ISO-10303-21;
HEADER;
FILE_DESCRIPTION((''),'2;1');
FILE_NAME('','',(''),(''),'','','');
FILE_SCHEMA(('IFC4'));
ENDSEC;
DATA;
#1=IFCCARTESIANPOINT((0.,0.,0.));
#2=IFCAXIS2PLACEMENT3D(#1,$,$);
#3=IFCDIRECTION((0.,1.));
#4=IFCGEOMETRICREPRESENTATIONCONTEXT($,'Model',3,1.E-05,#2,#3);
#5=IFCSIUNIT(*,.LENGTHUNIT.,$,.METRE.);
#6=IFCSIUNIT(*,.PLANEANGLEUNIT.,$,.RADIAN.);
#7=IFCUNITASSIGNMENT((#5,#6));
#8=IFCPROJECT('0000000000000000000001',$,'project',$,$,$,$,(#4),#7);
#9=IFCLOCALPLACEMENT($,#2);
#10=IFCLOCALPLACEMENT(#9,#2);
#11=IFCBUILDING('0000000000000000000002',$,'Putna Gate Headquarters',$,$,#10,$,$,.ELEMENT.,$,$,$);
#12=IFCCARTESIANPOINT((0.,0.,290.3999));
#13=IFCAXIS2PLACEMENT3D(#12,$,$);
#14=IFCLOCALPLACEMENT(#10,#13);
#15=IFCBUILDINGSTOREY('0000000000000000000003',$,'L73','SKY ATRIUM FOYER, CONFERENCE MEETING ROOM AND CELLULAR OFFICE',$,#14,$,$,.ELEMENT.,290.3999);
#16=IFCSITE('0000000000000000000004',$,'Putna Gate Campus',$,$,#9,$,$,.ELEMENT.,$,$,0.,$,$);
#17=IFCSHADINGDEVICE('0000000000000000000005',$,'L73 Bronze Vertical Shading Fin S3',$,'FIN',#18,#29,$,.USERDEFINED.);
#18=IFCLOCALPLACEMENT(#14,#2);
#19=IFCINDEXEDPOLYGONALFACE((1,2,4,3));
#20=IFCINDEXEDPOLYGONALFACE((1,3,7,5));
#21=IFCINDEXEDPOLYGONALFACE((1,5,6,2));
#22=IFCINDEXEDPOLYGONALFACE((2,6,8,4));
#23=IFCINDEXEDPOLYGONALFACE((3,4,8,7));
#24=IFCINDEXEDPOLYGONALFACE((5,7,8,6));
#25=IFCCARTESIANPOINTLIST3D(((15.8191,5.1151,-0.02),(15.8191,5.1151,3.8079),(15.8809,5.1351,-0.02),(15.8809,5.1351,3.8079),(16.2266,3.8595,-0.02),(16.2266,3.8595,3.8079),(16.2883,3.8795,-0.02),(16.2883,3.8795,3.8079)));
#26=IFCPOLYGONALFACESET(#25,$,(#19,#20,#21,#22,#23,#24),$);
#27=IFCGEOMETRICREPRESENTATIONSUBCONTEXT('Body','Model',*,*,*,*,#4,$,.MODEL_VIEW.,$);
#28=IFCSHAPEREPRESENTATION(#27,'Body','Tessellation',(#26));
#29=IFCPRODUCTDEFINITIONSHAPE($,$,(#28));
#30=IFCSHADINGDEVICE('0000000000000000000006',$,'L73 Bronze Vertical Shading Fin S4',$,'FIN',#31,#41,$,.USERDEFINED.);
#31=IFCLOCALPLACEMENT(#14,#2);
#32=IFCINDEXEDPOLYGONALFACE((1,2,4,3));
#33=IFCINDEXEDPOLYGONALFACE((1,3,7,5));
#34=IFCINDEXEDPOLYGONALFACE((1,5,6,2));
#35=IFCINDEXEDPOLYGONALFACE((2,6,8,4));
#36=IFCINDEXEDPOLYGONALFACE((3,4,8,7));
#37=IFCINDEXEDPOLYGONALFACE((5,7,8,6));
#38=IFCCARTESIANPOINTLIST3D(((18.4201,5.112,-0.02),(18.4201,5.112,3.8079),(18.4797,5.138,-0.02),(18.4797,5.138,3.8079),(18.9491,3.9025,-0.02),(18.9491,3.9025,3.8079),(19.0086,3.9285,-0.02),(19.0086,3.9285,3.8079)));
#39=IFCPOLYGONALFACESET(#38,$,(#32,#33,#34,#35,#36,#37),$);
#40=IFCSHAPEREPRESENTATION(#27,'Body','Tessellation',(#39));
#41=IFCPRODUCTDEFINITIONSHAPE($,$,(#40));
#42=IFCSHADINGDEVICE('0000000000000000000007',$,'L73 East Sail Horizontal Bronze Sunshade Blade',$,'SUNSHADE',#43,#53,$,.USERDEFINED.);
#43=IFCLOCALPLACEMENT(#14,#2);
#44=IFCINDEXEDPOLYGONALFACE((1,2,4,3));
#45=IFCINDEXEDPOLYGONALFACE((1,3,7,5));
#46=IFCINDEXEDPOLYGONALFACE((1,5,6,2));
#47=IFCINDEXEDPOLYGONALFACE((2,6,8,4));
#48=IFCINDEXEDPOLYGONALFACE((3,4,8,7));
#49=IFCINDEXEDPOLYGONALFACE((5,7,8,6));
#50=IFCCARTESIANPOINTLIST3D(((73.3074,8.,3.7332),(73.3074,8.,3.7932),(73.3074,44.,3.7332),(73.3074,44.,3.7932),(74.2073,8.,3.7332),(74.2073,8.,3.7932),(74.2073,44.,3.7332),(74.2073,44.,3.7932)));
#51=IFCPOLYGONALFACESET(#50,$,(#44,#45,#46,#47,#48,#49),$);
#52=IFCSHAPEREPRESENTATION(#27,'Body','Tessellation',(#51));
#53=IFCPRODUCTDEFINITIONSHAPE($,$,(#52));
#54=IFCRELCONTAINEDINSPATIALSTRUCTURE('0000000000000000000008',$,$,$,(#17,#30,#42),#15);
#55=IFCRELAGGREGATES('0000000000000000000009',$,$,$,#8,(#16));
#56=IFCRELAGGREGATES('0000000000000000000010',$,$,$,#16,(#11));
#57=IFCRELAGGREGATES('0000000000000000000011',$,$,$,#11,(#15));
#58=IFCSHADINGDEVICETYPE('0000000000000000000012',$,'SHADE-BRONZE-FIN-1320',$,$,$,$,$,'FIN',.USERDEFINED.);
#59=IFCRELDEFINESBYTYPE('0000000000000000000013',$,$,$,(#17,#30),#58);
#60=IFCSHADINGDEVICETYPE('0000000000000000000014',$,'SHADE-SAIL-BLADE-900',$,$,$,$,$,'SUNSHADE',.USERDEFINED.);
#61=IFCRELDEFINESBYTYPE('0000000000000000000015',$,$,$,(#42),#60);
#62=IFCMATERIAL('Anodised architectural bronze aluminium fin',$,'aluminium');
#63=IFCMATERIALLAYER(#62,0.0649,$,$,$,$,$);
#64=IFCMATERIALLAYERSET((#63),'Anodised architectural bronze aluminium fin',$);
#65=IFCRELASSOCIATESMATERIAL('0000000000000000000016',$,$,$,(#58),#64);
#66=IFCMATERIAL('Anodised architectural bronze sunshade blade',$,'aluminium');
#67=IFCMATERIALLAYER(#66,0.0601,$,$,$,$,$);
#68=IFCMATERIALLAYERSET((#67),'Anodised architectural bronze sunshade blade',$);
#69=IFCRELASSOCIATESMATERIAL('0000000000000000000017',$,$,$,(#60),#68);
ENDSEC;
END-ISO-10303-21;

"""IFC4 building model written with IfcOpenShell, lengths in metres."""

from ifc_helpers import new_model, si_unit, direction, frame, origin, origin_2d, place, context, subcontext, project, spatial, polyline, rectangle, outline, extrude, material, layer, layer_set, type_object, element, save


model = new_model("IFC4")

# Units and contexts
model_context = context("Model", 3, precision=1e-05, world=origin(), true_north=direction((0.0, 1.0)))
body_context = subcontext(model_context, "Body", "Model", "MODEL_VIEW")
ifc_project = project(units=[si_unit("LENGTHUNIT", "METRE"), si_unit("PLANEANGLEUNIT", "RADIAN")], contexts=[model_context])

# Site, building, storey
site_placement = place(None, origin())
site = spatial("IfcSite", under=ifc_project, at=site_placement, Name="Putna Gate Campus", CompositionType="ELEMENT", RefElevation=0.0)
building_placement = place(site_placement, origin())
building = spatial("IfcBuilding", under=site, at=building_placement, Name="Putna Gate Headquarters", CompositionType="ELEMENT")
storey_placement = place(building_placement, frame((0.0, 0.0, 290.3999)))
storey = spatial("IfcBuildingStorey", under=building, at=storey_placement, Name="L73", Description="SKY ATRIUM FOYER, CONFERENCE MEETING ROOM AND CELLULAR OFFICE", CompositionType="ELEMENT", Elevation=290.3999)

# Shading devices
ifc_material_1 = material(Name="Anodised architectural bronze aluminium fin", Category="aluminium")
ifc_layer_1 = layer(ifc_material_1, 0.0649)
ifc_layer_set_1 = layer_set([ifc_layer_1], Name="Anodised architectural bronze aluminium fin")
shading_device_type_1 = type_object("IfcShadingDeviceType", Name="SHADE-BRONZE-FIN-1320", ElementType="FIN", PredefinedType="USERDEFINED", material=ifc_layer_set_1)
for number, where, z_axis, x_axis, name in (
    (1, (16.0537, 4.4973, -0.02), (0.0, 0.0, 1.0), (0.308685, -0.951164, 0.0), "L73 Bronze Vertical Shading Fin S3"),
    (2, (18.7144, 4.5203, -0.02), (0.0, 0.0, 1.0), (0.400669, -0.916223, 0.0), "L73 Bronze Vertical Shading Fin S4"),
):
    element("IfcShadingDevice", number, at=place(storey_placement, frame(where, z_axis=z_axis, x_axis=x_axis)), inside=storey, type_object=shading_device_type_1, Name=name, ObjectType="FIN", PredefinedType="USERDEFINED", context=body_context, shape_type="SweptSolid", body=[
        extrude(rectangle(XDim=1.3201, YDim=0.0649, at=origin_2d()), origin(), (0.0, 0.0, 1.0), 3.8279),
    ])
ifc_material_2 = material(Name="Anodised architectural bronze sunshade blade", Category="aluminium")
ifc_layer_2 = layer(ifc_material_2, 0.0601)
ifc_layer_set_2 = layer_set([ifc_layer_2], Name="Anodised architectural bronze sunshade blade")
shading_device_type_2 = type_object("IfcShadingDeviceType", Name="SHADE-SAIL-BLADE-900", ElementType="SUNSHADE", PredefinedType="USERDEFINED", material=ifc_layer_set_2)
shading_device_placement = place(storey_placement, frame((0.0, 0.0, 3.7332)))
element("IfcShadingDevice", 3, at=shading_device_placement, inside=storey, type_object=shading_device_type_2, Name="L73 East Sail Horizontal Bronze Sunshade Blade", ObjectType="SUNSHADE", PredefinedType="USERDEFINED", context=body_context, shape_type="SweptSolid", body=[
    extrude(outline(polyline([(73.3074, 8.0), (74.2073, 8.0), (74.2073, 44.0), (73.3074, 44.0), (73.3074, 8.0)])), origin(), (0.0, 0.0, 1.0), 0.0601),
])

save(model, "model.ifc")
